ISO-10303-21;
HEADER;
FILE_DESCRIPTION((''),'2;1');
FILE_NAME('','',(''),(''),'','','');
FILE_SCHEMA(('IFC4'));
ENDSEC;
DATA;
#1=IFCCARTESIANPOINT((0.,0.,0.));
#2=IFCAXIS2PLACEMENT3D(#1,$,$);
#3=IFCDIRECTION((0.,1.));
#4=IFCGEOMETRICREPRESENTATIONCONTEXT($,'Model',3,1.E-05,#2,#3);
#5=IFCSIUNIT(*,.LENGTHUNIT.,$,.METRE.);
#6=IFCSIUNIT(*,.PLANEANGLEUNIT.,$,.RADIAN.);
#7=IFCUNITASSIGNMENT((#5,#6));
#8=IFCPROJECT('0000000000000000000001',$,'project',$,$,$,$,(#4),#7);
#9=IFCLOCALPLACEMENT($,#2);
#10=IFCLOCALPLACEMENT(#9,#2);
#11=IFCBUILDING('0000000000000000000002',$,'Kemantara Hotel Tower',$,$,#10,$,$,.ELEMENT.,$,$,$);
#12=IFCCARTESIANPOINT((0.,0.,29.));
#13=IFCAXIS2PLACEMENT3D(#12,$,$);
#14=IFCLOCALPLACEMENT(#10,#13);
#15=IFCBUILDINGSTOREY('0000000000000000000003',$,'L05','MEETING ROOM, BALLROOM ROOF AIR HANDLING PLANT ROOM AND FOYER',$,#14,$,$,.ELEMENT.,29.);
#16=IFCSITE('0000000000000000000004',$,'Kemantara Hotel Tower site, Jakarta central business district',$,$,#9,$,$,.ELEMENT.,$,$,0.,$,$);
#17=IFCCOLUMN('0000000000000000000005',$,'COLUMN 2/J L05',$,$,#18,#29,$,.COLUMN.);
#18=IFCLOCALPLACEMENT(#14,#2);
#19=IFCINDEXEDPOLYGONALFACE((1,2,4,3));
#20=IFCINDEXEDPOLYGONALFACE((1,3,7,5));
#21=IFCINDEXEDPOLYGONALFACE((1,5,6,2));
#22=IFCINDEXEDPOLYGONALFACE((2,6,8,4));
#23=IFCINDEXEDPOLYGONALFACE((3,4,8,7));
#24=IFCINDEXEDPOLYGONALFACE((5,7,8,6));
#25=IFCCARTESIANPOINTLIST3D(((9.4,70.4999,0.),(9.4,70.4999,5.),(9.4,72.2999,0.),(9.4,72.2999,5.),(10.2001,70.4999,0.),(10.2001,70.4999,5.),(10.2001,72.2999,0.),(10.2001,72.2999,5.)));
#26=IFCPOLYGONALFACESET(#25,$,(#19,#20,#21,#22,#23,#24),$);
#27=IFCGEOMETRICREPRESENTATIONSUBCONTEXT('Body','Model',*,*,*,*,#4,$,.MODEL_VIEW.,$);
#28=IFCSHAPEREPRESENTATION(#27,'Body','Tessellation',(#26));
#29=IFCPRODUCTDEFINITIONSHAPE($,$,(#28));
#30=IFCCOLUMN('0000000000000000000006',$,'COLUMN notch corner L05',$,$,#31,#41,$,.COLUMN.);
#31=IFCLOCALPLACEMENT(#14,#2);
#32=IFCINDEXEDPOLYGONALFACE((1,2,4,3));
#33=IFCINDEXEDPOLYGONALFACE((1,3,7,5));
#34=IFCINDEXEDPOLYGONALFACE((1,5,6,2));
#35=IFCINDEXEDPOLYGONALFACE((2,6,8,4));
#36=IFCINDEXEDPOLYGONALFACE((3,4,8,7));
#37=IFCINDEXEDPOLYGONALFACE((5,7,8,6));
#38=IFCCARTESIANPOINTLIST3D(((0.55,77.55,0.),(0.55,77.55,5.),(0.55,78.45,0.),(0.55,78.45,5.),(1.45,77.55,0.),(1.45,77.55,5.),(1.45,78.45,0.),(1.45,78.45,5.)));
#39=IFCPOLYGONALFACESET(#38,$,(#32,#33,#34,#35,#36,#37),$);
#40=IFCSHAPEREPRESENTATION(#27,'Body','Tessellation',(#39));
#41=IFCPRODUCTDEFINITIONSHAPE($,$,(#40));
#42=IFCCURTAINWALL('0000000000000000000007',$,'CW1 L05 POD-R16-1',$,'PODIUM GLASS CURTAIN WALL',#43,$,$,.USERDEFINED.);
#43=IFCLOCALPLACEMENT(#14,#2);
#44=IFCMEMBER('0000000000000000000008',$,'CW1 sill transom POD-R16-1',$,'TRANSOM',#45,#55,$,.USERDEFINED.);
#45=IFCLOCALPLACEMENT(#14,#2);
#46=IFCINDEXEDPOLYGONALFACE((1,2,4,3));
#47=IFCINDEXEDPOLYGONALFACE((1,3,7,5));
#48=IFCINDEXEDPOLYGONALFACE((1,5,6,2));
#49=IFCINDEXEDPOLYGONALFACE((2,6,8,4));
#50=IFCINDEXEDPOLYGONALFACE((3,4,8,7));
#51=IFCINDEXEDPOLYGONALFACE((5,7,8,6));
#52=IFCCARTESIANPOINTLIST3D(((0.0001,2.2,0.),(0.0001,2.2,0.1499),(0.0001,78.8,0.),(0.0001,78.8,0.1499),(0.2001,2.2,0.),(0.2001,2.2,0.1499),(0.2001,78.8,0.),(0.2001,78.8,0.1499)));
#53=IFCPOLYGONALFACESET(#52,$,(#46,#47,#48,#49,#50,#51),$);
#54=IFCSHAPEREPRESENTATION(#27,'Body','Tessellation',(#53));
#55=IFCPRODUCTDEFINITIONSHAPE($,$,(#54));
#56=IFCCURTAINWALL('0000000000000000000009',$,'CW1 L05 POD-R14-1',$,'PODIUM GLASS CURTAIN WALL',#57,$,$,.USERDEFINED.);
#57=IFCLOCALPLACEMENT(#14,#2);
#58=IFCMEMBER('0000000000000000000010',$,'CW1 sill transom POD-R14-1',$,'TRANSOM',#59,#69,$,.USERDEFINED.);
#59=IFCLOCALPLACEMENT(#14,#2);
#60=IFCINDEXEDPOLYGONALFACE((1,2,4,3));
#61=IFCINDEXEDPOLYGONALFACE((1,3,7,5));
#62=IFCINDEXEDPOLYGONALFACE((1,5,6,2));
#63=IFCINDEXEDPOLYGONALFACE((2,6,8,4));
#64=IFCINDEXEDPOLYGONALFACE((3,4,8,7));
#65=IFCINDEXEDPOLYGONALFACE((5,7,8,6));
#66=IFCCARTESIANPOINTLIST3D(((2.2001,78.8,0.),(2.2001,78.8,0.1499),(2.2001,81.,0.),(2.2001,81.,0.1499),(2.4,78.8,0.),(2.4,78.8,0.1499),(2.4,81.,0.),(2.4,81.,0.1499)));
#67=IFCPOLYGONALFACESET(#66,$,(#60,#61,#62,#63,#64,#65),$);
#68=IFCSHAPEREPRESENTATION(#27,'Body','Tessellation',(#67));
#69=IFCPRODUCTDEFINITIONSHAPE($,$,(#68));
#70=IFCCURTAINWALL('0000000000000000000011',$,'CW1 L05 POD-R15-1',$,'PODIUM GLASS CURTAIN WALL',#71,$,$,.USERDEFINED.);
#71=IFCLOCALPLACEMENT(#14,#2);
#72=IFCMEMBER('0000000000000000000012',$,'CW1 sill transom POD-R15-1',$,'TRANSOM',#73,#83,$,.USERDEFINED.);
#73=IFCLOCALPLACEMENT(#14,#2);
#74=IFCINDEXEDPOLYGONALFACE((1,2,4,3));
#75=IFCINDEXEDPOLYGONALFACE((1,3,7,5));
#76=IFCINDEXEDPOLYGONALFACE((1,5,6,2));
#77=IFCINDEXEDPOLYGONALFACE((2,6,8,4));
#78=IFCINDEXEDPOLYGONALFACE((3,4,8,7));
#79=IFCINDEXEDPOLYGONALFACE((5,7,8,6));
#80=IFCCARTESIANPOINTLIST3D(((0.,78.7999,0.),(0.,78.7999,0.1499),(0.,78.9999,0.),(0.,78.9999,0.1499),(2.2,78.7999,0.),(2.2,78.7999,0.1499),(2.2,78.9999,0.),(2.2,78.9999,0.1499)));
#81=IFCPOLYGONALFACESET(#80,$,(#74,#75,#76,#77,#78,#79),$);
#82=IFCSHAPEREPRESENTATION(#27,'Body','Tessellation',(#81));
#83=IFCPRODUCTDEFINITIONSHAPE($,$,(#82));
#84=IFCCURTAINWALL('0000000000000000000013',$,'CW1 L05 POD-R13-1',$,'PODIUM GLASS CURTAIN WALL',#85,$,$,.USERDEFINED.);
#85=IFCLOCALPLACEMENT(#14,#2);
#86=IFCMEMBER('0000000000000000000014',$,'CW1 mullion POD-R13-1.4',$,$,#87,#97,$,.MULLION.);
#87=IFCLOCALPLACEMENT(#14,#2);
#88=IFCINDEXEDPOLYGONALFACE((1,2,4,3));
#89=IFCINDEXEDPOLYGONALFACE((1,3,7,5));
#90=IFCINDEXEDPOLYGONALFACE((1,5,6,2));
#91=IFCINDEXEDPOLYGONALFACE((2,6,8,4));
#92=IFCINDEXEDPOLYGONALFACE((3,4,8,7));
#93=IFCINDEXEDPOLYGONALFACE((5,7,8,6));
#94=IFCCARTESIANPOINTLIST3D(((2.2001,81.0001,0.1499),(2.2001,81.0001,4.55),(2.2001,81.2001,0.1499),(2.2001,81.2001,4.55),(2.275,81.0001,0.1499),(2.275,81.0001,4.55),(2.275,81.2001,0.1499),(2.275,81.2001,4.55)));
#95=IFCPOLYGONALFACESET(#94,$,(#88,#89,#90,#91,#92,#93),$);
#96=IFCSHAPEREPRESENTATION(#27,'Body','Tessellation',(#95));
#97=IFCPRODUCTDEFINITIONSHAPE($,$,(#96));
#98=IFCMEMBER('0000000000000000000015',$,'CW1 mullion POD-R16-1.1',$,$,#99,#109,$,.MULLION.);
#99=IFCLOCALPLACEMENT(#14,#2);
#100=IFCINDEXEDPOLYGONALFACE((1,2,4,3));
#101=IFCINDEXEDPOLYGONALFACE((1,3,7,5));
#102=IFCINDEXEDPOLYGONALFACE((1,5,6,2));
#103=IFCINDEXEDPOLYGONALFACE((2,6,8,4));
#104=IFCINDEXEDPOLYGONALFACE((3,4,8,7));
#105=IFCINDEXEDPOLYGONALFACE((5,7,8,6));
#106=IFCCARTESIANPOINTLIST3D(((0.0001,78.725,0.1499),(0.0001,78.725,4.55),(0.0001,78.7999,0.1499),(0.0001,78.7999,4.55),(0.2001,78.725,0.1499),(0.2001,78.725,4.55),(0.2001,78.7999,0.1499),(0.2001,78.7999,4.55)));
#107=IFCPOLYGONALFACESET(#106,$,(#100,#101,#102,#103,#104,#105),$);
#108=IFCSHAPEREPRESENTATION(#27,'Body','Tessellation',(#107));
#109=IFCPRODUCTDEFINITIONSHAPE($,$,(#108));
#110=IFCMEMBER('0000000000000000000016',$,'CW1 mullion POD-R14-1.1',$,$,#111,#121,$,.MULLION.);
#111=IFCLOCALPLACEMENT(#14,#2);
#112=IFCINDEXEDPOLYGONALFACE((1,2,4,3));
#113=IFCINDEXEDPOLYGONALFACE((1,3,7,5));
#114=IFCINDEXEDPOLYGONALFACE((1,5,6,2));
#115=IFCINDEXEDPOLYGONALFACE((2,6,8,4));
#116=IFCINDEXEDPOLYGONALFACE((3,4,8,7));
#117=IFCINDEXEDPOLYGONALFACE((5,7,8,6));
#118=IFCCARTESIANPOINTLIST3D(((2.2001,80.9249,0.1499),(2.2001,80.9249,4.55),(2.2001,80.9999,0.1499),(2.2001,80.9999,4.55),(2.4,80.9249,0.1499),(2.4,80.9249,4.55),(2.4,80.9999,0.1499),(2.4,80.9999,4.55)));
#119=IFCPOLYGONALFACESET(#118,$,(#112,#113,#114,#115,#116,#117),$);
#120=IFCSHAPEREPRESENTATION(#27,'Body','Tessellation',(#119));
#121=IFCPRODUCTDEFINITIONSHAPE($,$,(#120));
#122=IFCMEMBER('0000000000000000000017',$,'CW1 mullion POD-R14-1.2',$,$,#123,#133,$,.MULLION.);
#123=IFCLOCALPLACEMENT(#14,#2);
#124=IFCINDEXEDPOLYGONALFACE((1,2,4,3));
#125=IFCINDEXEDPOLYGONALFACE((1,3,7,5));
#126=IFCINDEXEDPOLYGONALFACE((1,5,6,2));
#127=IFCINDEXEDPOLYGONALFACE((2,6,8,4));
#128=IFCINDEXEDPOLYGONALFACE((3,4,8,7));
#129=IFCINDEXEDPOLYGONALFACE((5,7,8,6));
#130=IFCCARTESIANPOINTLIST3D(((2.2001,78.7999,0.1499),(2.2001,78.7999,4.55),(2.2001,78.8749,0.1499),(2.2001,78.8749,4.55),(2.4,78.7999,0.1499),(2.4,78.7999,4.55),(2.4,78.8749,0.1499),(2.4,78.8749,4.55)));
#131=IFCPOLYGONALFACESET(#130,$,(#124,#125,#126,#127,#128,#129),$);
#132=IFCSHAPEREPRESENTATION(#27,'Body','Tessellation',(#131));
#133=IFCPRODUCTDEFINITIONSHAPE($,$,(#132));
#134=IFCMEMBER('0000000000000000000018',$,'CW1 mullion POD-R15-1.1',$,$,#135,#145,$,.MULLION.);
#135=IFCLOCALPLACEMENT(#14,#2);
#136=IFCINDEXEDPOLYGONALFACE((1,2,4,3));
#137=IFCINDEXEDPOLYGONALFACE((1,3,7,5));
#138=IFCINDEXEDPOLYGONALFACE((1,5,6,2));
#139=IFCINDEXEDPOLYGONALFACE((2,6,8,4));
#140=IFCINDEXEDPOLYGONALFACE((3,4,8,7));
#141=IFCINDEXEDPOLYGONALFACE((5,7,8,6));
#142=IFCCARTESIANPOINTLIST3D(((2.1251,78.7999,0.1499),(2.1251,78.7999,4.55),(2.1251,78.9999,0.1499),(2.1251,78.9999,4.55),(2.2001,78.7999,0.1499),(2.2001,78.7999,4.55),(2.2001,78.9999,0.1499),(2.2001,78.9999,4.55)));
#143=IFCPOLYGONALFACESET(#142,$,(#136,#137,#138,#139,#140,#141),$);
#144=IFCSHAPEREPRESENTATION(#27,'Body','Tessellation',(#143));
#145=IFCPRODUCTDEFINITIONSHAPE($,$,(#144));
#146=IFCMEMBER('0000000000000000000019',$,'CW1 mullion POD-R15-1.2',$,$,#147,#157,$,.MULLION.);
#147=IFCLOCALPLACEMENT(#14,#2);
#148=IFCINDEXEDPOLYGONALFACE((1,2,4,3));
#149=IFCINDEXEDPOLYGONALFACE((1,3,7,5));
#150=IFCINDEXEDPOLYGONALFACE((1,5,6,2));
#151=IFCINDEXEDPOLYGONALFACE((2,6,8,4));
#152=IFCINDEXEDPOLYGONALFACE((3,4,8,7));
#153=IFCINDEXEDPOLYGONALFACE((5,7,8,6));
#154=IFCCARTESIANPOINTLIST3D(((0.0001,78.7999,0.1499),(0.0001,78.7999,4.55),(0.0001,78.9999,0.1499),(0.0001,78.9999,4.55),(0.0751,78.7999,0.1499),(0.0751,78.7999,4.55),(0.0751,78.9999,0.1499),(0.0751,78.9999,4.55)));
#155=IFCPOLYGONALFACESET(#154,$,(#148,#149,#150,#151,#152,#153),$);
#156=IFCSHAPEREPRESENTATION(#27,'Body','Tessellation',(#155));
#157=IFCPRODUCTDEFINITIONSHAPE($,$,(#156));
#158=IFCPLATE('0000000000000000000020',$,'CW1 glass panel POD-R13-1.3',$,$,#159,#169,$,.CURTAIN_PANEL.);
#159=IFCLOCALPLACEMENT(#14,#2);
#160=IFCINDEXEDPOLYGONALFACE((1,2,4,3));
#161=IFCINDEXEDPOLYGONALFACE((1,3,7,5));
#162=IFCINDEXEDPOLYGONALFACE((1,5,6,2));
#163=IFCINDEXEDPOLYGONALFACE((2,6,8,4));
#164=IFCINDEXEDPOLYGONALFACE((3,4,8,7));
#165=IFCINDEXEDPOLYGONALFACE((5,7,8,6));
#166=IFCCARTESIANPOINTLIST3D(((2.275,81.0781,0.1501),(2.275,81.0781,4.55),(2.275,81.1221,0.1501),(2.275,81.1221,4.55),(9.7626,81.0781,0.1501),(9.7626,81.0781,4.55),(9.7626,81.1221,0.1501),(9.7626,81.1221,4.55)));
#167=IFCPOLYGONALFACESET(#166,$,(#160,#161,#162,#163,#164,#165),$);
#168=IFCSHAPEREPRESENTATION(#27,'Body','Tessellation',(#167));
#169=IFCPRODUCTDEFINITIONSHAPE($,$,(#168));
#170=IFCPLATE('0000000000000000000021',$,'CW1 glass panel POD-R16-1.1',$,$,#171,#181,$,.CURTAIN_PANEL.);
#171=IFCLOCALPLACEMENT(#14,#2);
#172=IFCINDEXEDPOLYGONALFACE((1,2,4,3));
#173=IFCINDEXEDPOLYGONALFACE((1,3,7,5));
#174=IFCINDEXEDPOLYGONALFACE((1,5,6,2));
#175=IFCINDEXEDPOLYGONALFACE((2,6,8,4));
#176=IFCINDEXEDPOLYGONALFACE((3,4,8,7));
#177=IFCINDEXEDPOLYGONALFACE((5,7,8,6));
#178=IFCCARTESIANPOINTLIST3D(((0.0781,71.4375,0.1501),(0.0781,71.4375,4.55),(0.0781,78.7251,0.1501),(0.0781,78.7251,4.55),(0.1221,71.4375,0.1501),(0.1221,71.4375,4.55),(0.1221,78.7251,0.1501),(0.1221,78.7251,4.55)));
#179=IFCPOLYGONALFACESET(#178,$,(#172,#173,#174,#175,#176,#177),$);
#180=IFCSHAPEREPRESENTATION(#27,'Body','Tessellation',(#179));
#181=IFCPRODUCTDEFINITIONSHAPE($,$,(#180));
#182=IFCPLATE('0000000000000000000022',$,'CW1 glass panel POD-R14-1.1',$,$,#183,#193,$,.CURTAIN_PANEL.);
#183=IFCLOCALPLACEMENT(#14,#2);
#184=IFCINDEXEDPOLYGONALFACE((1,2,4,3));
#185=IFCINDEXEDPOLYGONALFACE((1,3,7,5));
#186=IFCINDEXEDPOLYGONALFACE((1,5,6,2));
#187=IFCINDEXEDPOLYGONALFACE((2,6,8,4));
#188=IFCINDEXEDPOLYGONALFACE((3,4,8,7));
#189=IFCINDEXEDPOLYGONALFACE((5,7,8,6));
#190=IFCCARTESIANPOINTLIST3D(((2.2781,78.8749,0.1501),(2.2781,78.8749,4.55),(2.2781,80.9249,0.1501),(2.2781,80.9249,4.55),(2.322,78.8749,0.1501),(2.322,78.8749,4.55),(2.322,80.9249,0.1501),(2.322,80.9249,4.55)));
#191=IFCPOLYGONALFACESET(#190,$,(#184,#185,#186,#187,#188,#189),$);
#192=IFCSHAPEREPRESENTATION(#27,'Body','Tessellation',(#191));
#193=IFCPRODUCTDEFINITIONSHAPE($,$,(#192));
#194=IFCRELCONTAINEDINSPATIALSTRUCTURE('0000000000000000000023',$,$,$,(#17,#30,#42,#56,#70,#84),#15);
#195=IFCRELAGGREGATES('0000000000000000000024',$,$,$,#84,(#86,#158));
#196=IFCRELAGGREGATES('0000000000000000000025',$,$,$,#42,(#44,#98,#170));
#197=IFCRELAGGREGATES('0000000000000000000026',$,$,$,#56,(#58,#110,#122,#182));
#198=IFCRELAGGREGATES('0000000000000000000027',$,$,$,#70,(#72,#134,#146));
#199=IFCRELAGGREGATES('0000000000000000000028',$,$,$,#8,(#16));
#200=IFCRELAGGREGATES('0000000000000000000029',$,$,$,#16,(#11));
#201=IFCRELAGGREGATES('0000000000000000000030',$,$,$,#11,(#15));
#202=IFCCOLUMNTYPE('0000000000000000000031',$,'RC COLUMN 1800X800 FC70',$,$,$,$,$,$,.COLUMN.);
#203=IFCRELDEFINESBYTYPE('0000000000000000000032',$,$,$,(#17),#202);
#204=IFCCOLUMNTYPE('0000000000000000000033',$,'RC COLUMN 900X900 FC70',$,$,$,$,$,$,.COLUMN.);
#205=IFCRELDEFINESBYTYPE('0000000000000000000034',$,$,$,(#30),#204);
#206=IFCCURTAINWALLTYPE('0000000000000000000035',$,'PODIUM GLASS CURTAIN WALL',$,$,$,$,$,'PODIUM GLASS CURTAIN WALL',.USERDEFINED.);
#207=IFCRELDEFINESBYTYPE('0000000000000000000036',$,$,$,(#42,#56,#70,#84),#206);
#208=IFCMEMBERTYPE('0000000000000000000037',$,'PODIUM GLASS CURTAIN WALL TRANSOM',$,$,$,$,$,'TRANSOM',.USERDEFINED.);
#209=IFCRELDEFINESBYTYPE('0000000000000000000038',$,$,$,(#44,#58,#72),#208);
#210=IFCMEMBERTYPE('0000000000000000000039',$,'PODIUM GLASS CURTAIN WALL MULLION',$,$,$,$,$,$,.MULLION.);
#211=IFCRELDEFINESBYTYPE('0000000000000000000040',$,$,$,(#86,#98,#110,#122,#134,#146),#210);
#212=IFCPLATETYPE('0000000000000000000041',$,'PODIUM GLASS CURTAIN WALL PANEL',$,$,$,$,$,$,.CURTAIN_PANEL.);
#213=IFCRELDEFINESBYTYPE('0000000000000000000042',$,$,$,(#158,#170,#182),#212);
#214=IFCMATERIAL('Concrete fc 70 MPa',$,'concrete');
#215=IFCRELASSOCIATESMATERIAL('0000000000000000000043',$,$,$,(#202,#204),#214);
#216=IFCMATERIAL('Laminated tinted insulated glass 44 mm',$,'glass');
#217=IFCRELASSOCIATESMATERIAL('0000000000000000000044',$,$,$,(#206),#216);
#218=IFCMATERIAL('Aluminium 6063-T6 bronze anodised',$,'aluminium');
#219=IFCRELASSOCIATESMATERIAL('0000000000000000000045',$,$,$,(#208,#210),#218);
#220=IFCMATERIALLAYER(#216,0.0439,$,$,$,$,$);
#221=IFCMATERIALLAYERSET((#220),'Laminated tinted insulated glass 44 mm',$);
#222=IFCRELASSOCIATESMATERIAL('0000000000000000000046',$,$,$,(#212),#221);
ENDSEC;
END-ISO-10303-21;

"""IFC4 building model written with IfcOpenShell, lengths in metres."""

from ifc_helpers import new_model, si_unit, direction, frame, origin, origin_2d, place, context, subcontext, project, spatial, rectangle, extrude, source, transform, mapped, material, layer, layer_set, material_profile, profile_set, type_object, element, aggregate, save


model = new_model("IFC4")

# Units and contexts
model_context = context("Model", 3, precision=1e-05, world=origin(), true_north=direction((0.0, 1.0)))
body_context = subcontext(model_context, "Body", "Model", "MODEL_VIEW")
ifc_project = project(units=[si_unit("LENGTHUNIT", "METRE"), si_unit("PLANEANGLEUNIT", "RADIAN")], contexts=[model_context])

# Site, building, storey
site_placement = place(None, origin())
site = spatial("IfcSite", under=ifc_project, at=site_placement, Name="Kemantara Hotel Tower site, Jakarta central business district", CompositionType="ELEMENT", RefElevation=0.0)
building_placement = place(site_placement, origin())
building = spatial("IfcBuilding", under=site, at=building_placement, Name="Kemantara Hotel Tower", CompositionType="ELEMENT")
storey_placement = place(building_placement, frame((0.0, 0.0, 29.0)))
storey = spatial("IfcBuildingStorey", under=building, at=storey_placement, Name="L05", Description="MEETING ROOM, BALLROOM ROOF AIR HANDLING PLANT ROOM AND FOYER", CompositionType="ELEMENT", Elevation=29.0)

# Columns
ifc_material_1 = material(Name="Concrete fc 70 MPa", Category="concrete")
ifc_material_profile_1 = material_profile(ifc_material_1, rectangle(XDim=1.8, YDim=0.8, at=origin_2d()), Name="RC 1800X800")
ifc_profile_set_1 = profile_set([ifc_material_profile_1], Name="Concrete fc 70 MPa")
column_type_1 = type_object("IfcColumnType", Name="RC COLUMN 1800X800 FC70", PredefinedType="COLUMN", material=ifc_profile_set_1)
column_1_placement = place(storey_placement, frame((9.8, 71.3999, 0.0), z_axis=(0.0, 0.0, 1.0), x_axis=(0.0, 1.0, 0.0)))
element("IfcColumn", 1, at=column_1_placement, inside=storey, type_object=column_type_1, Name="COLUMN 2/J L05", PredefinedType="COLUMN", context=body_context, shape_type="SweptSolid", body=[
    extrude(rectangle(XDim=1.8, YDim=0.8, at=origin_2d()), origin(), (0.0, 0.0, 1.0), 5.0),
])
ifc_material_profile_2 = material_profile(ifc_material_1, rectangle(XDim=0.8999, YDim=0.8999, at=origin_2d()), Name="RC 900X900")
ifc_profile_set_2 = profile_set([ifc_material_profile_2], Name="Concrete fc 70 MPa")
column_type_2 = type_object("IfcColumnType", Name="RC COLUMN 900X900 FC70", PredefinedType="COLUMN", material=ifc_profile_set_2)
column_2_placement = place(storey_placement, frame((1.0, 78.0, 0.0), z_axis=(0.0, 0.0, 1.0), x_axis=(1.0, 0.0, 0.0)))
element("IfcColumn", 2, at=column_2_placement, inside=storey, type_object=column_type_2, Name="COLUMN notch corner L05", PredefinedType="COLUMN", context=body_context, shape_type="SweptSolid", body=[
    extrude(rectangle(XDim=0.8999, YDim=0.8999, at=origin_2d()), origin(), (0.0, 0.0, 1.0), 5.0),
])

# Curtain walls, members
ifc_material_2 = material(Name="Laminated tinted insulated glass 44 mm", Category="glass")
curtain_wall_type = type_object("IfcCurtainWallType", Name="PODIUM GLASS CURTAIN WALL", ElementType="PODIUM GLASS CURTAIN WALL", PredefinedType="USERDEFINED", material=ifc_material_2)
curtain_wall_1_placement = place(storey_placement, origin())
curtain_wall_1 = element("IfcCurtainWall", 3, at=curtain_wall_1_placement, inside=storey, type_object=curtain_wall_type, Name="CW1 L05 POD-R16-1", ObjectType="PODIUM GLASS CURTAIN WALL", PredefinedType="USERDEFINED")
ifc_material_3 = material(Name="Aluminium 6063-T6 bronze anodised", Category="aluminium")
ifc_material_profile_3 = material_profile(ifc_material_3, rectangle(XDim=0.2, YDim=0.1499, at=origin_2d()), Name="PODIUM GLASS CURTAIN WALL TRANSOM")
ifc_profile_set_3 = profile_set([ifc_material_profile_3], Name="Aluminium 6063-T6 bronze anodised")
member_type_1 = type_object("IfcMemberType", Name="PODIUM GLASS CURTAIN WALL TRANSOM", ElementType="TRANSOM", PredefinedType="USERDEFINED", material=ifc_profile_set_3)
member_1_placement = place(storey_placement, frame((0.1001, 78.8, 0.075), z_axis=(0.0, -1.0, 0.0), x_axis=(1.0, 0.0, 0.0)))
member_1 = element("IfcMember", 4, at=member_1_placement, type_object=member_type_1, Name="CW1 sill transom POD-R16-1", ObjectType="TRANSOM", PredefinedType="USERDEFINED", context=body_context, shape_type="SweptSolid", body=[
    extrude(rectangle(XDim=0.2, YDim=0.1499, at=origin_2d()), origin(), (0.0, 0.0, 1.0), 76.6001),
])
curtain_wall_2_placement = place(storey_placement, origin())
curtain_wall_2 = element("IfcCurtainWall", 5, at=curtain_wall_2_placement, inside=storey, type_object=curtain_wall_type, Name="CW1 L05 POD-R14-1", ObjectType="PODIUM GLASS CURTAIN WALL", PredefinedType="USERDEFINED")
member_2_placement = place(storey_placement, frame((2.3, 81.0, 0.075), z_axis=(0.0, -1.0, 0.0), x_axis=(1.0, 0.0, 0.0)))
member_2 = element("IfcMember", 6, at=member_2_placement, type_object=member_type_1, Name="CW1 sill transom POD-R14-1", ObjectType="TRANSOM", PredefinedType="USERDEFINED", context=body_context, shape_type="SweptSolid", body=[
    extrude(rectangle(XDim=0.2, YDim=0.1499, at=origin_2d()), origin(), (0.0, 0.0, 1.0), 2.2),
])
curtain_wall_3_placement = place(storey_placement, origin())
curtain_wall_3 = element("IfcCurtainWall", 7, at=curtain_wall_3_placement, inside=storey, type_object=curtain_wall_type, Name="CW1 L05 POD-R15-1", ObjectType="PODIUM GLASS CURTAIN WALL", PredefinedType="USERDEFINED")
member_3_placement = place(storey_placement, frame((2.2, 78.8999, 0.075), z_axis=(-1.0, 0.0, 0.0), x_axis=(0.0, -1.0, 0.0)))
member_3 = element("IfcMember", 8, at=member_3_placement, type_object=member_type_1, Name="CW1 sill transom POD-R15-1", ObjectType="TRANSOM", PredefinedType="USERDEFINED", context=body_context, shape_type="SweptSolid", body=[
    extrude(rectangle(XDim=0.2, YDim=0.1499, at=origin_2d()), origin(), (0.0, 0.0, 1.0), 2.2),
])
curtain_wall_4_placement = place(storey_placement, origin())
curtain_wall_4 = element("IfcCurtainWall", 9, at=curtain_wall_4_placement, inside=storey, type_object=curtain_wall_type, Name="CW1 L05 POD-R13-1", ObjectType="PODIUM GLASS CURTAIN WALL", PredefinedType="USERDEFINED")
ifc_material_profile_4 = material_profile(ifc_material_3, rectangle(XDim=0.2, YDim=0.075, at=origin_2d()), Name="PODIUM GLASS CURTAIN WALL MULLION")
ifc_profile_set_4 = profile_set([ifc_material_profile_4], Name="Aluminium 6063-T6 bronze anodised")
member_type_2 = type_object("IfcMemberType", Name="PODIUM GLASS CURTAIN WALL MULLION", PredefinedType="MULLION", material=ifc_profile_set_4)
shared_shape_1 = source(origin(), body_context, "Body", "SweptSolid", [
    extrude(rectangle(XDim=0.2, YDim=0.075, at=origin_2d()), origin(), (0.0, 0.0, 1.0), 4.4001),
])
member_4_placement = place(storey_placement, frame((2.2375, 81.1001, 0.1499), z_axis=(0.0, 0.0, 1.0), x_axis=(0.0, -1.0, 0.0)))
member_4 = element("IfcMember", 10, at=member_4_placement, type_object=member_type_2, Name="CW1 mullion POD-R13-1.4", PredefinedType="MULLION", context=body_context, shape_type="MappedRepresentation", body=[
    mapped(shared_shape_1, transform((0.0, 0.0, 0.0))),
])

# Members
member_5_placement = place(storey_placement, frame((0.1001, 78.7625, 0.1499), z_axis=(0.0, 0.0, 1.0), x_axis=(1.0, 0.0, 0.0)))
member_5 = element("IfcMember", 11, at=member_5_placement, type_object=member_type_2, Name="CW1 mullion POD-R16-1.1", PredefinedType="MULLION", context=body_context, shape_type="MappedRepresentation", body=[
    mapped(shared_shape_1, transform((0.0, 0.0, 0.0))),
])
member_6_placement = place(storey_placement, frame((2.3, 80.9624, 0.1499), z_axis=(0.0, 0.0, 1.0), x_axis=(1.0, 0.0, 0.0)))
member_6 = element("IfcMember", 12, at=member_6_placement, type_object=member_type_2, Name="CW1 mullion POD-R14-1.1", PredefinedType="MULLION", context=body_context, shape_type="MappedRepresentation", body=[
    mapped(shared_shape_1, transform((0.0, 0.0, 0.0))),
])
member_7_placement = place(storey_placement, frame((2.3, 78.8374, 0.1499), z_axis=(0.0, 0.0, 1.0), x_axis=(1.0, 0.0, 0.0)))
member_7 = element("IfcMember", 13, at=member_7_placement, type_object=member_type_2, Name="CW1 mullion POD-R14-1.2", PredefinedType="MULLION", context=body_context, shape_type="MappedRepresentation", body=[
    mapped(shared_shape_1, transform((0.0, 0.0, 0.0))),
])
member_8_placement = place(storey_placement, frame((2.1626, 78.8999, 0.1499), z_axis=(0.0, 0.0, 1.0), x_axis=(0.0, -1.0, 0.0)))
member_8 = element("IfcMember", 14, at=member_8_placement, type_object=member_type_2, Name="CW1 mullion POD-R15-1.1", PredefinedType="MULLION", context=body_context, shape_type="MappedRepresentation", body=[
    mapped(shared_shape_1, transform((0.0, 0.0, 0.0))),
])
member_9_placement = place(storey_placement, frame((0.0376, 78.8999, 0.1499), z_axis=(0.0, 0.0, 1.0), x_axis=(0.0, -1.0, 0.0)))
member_9 = element("IfcMember", 15, at=member_9_placement, type_object=member_type_2, Name="CW1 mullion POD-R15-1.2", PredefinedType="MULLION", context=body_context, shape_type="MappedRepresentation", body=[
    mapped(shared_shape_1, transform((0.0, 0.0, 0.0))),
])

# Plates
ifc_layer_1 = layer(ifc_material_2, 0.0439)
ifc_layer_set_1 = layer_set([ifc_layer_1], Name="Laminated tinted insulated glass 44 mm")
plate_type = type_object("IfcPlateType", Name="PODIUM GLASS CURTAIN WALL PANEL", PredefinedType="CURTAIN_PANEL", material=ifc_layer_set_1)
shared_shape_2 = source(origin(), body_context, "Body", "SweptSolid", [
    extrude(rectangle(XDim=7.4875, YDim=0.0439, at=origin_2d()), origin(), (0.0, 0.0, 1.0), 4.3999),
])
plate_1_placement = place(storey_placement, frame((6.0188, 81.1001, 0.1501), z_axis=(0.0, 0.0, 1.0), x_axis=(-1.0, 0.0, 0.0)))
plate_1 = element("IfcPlate", 16, at=plate_1_placement, type_object=plate_type, Name="CW1 glass panel POD-R13-1.3", PredefinedType="CURTAIN_PANEL", context=body_context, shape_type="MappedRepresentation", body=[
    mapped(shared_shape_2, transform((0.0, 0.0, 0.0))),
])
aggregate(curtain_wall_4, [member_4, plate_1])
shared_shape_3 = source(origin(), body_context, "Body", "SweptSolid", [
    extrude(rectangle(XDim=7.2876, YDim=0.0439, at=origin_2d()), origin(), (0.0, 0.0, 1.0), 4.3999),
])
plate_2_placement = place(storey_placement, frame((0.1001, 75.0813, 0.1501), z_axis=(0.0, 0.0, 1.0), x_axis=(0.0, -1.0, 0.0)))
plate_2 = element("IfcPlate", 17, at=plate_2_placement, type_object=plate_type, Name="CW1 glass panel POD-R16-1.1", PredefinedType="CURTAIN_PANEL", context=body_context, shape_type="MappedRepresentation", body=[
    mapped(shared_shape_3, transform((0.0, 0.0, 0.0))),
])
aggregate(curtain_wall_1, [member_1, member_5, plate_2])
shared_shape_4 = source(origin(), body_context, "Body", "SweptSolid", [
    extrude(rectangle(XDim=2.05, YDim=0.0439, at=origin_2d()), origin(), (0.0, 0.0, 1.0), 4.3999),
])
plate_3_placement = place(storey_placement, frame((2.3, 79.8999, 0.1501), z_axis=(0.0, 0.0, 1.0), x_axis=(0.0, -1.0, 0.0)))
plate_3 = element("IfcPlate", 18, at=plate_3_placement, type_object=plate_type, Name="CW1 glass panel POD-R14-1.1", PredefinedType="CURTAIN_PANEL", context=body_context, shape_type="MappedRepresentation", body=[
    mapped(shared_shape_4, transform((0.0, 0.0, 0.0))),
])
aggregate(curtain_wall_2, [member_2, member_6, member_7, plate_3])
aggregate(curtain_wall_3, [member_3, member_8, member_9])

save(model, "model.ifc")
